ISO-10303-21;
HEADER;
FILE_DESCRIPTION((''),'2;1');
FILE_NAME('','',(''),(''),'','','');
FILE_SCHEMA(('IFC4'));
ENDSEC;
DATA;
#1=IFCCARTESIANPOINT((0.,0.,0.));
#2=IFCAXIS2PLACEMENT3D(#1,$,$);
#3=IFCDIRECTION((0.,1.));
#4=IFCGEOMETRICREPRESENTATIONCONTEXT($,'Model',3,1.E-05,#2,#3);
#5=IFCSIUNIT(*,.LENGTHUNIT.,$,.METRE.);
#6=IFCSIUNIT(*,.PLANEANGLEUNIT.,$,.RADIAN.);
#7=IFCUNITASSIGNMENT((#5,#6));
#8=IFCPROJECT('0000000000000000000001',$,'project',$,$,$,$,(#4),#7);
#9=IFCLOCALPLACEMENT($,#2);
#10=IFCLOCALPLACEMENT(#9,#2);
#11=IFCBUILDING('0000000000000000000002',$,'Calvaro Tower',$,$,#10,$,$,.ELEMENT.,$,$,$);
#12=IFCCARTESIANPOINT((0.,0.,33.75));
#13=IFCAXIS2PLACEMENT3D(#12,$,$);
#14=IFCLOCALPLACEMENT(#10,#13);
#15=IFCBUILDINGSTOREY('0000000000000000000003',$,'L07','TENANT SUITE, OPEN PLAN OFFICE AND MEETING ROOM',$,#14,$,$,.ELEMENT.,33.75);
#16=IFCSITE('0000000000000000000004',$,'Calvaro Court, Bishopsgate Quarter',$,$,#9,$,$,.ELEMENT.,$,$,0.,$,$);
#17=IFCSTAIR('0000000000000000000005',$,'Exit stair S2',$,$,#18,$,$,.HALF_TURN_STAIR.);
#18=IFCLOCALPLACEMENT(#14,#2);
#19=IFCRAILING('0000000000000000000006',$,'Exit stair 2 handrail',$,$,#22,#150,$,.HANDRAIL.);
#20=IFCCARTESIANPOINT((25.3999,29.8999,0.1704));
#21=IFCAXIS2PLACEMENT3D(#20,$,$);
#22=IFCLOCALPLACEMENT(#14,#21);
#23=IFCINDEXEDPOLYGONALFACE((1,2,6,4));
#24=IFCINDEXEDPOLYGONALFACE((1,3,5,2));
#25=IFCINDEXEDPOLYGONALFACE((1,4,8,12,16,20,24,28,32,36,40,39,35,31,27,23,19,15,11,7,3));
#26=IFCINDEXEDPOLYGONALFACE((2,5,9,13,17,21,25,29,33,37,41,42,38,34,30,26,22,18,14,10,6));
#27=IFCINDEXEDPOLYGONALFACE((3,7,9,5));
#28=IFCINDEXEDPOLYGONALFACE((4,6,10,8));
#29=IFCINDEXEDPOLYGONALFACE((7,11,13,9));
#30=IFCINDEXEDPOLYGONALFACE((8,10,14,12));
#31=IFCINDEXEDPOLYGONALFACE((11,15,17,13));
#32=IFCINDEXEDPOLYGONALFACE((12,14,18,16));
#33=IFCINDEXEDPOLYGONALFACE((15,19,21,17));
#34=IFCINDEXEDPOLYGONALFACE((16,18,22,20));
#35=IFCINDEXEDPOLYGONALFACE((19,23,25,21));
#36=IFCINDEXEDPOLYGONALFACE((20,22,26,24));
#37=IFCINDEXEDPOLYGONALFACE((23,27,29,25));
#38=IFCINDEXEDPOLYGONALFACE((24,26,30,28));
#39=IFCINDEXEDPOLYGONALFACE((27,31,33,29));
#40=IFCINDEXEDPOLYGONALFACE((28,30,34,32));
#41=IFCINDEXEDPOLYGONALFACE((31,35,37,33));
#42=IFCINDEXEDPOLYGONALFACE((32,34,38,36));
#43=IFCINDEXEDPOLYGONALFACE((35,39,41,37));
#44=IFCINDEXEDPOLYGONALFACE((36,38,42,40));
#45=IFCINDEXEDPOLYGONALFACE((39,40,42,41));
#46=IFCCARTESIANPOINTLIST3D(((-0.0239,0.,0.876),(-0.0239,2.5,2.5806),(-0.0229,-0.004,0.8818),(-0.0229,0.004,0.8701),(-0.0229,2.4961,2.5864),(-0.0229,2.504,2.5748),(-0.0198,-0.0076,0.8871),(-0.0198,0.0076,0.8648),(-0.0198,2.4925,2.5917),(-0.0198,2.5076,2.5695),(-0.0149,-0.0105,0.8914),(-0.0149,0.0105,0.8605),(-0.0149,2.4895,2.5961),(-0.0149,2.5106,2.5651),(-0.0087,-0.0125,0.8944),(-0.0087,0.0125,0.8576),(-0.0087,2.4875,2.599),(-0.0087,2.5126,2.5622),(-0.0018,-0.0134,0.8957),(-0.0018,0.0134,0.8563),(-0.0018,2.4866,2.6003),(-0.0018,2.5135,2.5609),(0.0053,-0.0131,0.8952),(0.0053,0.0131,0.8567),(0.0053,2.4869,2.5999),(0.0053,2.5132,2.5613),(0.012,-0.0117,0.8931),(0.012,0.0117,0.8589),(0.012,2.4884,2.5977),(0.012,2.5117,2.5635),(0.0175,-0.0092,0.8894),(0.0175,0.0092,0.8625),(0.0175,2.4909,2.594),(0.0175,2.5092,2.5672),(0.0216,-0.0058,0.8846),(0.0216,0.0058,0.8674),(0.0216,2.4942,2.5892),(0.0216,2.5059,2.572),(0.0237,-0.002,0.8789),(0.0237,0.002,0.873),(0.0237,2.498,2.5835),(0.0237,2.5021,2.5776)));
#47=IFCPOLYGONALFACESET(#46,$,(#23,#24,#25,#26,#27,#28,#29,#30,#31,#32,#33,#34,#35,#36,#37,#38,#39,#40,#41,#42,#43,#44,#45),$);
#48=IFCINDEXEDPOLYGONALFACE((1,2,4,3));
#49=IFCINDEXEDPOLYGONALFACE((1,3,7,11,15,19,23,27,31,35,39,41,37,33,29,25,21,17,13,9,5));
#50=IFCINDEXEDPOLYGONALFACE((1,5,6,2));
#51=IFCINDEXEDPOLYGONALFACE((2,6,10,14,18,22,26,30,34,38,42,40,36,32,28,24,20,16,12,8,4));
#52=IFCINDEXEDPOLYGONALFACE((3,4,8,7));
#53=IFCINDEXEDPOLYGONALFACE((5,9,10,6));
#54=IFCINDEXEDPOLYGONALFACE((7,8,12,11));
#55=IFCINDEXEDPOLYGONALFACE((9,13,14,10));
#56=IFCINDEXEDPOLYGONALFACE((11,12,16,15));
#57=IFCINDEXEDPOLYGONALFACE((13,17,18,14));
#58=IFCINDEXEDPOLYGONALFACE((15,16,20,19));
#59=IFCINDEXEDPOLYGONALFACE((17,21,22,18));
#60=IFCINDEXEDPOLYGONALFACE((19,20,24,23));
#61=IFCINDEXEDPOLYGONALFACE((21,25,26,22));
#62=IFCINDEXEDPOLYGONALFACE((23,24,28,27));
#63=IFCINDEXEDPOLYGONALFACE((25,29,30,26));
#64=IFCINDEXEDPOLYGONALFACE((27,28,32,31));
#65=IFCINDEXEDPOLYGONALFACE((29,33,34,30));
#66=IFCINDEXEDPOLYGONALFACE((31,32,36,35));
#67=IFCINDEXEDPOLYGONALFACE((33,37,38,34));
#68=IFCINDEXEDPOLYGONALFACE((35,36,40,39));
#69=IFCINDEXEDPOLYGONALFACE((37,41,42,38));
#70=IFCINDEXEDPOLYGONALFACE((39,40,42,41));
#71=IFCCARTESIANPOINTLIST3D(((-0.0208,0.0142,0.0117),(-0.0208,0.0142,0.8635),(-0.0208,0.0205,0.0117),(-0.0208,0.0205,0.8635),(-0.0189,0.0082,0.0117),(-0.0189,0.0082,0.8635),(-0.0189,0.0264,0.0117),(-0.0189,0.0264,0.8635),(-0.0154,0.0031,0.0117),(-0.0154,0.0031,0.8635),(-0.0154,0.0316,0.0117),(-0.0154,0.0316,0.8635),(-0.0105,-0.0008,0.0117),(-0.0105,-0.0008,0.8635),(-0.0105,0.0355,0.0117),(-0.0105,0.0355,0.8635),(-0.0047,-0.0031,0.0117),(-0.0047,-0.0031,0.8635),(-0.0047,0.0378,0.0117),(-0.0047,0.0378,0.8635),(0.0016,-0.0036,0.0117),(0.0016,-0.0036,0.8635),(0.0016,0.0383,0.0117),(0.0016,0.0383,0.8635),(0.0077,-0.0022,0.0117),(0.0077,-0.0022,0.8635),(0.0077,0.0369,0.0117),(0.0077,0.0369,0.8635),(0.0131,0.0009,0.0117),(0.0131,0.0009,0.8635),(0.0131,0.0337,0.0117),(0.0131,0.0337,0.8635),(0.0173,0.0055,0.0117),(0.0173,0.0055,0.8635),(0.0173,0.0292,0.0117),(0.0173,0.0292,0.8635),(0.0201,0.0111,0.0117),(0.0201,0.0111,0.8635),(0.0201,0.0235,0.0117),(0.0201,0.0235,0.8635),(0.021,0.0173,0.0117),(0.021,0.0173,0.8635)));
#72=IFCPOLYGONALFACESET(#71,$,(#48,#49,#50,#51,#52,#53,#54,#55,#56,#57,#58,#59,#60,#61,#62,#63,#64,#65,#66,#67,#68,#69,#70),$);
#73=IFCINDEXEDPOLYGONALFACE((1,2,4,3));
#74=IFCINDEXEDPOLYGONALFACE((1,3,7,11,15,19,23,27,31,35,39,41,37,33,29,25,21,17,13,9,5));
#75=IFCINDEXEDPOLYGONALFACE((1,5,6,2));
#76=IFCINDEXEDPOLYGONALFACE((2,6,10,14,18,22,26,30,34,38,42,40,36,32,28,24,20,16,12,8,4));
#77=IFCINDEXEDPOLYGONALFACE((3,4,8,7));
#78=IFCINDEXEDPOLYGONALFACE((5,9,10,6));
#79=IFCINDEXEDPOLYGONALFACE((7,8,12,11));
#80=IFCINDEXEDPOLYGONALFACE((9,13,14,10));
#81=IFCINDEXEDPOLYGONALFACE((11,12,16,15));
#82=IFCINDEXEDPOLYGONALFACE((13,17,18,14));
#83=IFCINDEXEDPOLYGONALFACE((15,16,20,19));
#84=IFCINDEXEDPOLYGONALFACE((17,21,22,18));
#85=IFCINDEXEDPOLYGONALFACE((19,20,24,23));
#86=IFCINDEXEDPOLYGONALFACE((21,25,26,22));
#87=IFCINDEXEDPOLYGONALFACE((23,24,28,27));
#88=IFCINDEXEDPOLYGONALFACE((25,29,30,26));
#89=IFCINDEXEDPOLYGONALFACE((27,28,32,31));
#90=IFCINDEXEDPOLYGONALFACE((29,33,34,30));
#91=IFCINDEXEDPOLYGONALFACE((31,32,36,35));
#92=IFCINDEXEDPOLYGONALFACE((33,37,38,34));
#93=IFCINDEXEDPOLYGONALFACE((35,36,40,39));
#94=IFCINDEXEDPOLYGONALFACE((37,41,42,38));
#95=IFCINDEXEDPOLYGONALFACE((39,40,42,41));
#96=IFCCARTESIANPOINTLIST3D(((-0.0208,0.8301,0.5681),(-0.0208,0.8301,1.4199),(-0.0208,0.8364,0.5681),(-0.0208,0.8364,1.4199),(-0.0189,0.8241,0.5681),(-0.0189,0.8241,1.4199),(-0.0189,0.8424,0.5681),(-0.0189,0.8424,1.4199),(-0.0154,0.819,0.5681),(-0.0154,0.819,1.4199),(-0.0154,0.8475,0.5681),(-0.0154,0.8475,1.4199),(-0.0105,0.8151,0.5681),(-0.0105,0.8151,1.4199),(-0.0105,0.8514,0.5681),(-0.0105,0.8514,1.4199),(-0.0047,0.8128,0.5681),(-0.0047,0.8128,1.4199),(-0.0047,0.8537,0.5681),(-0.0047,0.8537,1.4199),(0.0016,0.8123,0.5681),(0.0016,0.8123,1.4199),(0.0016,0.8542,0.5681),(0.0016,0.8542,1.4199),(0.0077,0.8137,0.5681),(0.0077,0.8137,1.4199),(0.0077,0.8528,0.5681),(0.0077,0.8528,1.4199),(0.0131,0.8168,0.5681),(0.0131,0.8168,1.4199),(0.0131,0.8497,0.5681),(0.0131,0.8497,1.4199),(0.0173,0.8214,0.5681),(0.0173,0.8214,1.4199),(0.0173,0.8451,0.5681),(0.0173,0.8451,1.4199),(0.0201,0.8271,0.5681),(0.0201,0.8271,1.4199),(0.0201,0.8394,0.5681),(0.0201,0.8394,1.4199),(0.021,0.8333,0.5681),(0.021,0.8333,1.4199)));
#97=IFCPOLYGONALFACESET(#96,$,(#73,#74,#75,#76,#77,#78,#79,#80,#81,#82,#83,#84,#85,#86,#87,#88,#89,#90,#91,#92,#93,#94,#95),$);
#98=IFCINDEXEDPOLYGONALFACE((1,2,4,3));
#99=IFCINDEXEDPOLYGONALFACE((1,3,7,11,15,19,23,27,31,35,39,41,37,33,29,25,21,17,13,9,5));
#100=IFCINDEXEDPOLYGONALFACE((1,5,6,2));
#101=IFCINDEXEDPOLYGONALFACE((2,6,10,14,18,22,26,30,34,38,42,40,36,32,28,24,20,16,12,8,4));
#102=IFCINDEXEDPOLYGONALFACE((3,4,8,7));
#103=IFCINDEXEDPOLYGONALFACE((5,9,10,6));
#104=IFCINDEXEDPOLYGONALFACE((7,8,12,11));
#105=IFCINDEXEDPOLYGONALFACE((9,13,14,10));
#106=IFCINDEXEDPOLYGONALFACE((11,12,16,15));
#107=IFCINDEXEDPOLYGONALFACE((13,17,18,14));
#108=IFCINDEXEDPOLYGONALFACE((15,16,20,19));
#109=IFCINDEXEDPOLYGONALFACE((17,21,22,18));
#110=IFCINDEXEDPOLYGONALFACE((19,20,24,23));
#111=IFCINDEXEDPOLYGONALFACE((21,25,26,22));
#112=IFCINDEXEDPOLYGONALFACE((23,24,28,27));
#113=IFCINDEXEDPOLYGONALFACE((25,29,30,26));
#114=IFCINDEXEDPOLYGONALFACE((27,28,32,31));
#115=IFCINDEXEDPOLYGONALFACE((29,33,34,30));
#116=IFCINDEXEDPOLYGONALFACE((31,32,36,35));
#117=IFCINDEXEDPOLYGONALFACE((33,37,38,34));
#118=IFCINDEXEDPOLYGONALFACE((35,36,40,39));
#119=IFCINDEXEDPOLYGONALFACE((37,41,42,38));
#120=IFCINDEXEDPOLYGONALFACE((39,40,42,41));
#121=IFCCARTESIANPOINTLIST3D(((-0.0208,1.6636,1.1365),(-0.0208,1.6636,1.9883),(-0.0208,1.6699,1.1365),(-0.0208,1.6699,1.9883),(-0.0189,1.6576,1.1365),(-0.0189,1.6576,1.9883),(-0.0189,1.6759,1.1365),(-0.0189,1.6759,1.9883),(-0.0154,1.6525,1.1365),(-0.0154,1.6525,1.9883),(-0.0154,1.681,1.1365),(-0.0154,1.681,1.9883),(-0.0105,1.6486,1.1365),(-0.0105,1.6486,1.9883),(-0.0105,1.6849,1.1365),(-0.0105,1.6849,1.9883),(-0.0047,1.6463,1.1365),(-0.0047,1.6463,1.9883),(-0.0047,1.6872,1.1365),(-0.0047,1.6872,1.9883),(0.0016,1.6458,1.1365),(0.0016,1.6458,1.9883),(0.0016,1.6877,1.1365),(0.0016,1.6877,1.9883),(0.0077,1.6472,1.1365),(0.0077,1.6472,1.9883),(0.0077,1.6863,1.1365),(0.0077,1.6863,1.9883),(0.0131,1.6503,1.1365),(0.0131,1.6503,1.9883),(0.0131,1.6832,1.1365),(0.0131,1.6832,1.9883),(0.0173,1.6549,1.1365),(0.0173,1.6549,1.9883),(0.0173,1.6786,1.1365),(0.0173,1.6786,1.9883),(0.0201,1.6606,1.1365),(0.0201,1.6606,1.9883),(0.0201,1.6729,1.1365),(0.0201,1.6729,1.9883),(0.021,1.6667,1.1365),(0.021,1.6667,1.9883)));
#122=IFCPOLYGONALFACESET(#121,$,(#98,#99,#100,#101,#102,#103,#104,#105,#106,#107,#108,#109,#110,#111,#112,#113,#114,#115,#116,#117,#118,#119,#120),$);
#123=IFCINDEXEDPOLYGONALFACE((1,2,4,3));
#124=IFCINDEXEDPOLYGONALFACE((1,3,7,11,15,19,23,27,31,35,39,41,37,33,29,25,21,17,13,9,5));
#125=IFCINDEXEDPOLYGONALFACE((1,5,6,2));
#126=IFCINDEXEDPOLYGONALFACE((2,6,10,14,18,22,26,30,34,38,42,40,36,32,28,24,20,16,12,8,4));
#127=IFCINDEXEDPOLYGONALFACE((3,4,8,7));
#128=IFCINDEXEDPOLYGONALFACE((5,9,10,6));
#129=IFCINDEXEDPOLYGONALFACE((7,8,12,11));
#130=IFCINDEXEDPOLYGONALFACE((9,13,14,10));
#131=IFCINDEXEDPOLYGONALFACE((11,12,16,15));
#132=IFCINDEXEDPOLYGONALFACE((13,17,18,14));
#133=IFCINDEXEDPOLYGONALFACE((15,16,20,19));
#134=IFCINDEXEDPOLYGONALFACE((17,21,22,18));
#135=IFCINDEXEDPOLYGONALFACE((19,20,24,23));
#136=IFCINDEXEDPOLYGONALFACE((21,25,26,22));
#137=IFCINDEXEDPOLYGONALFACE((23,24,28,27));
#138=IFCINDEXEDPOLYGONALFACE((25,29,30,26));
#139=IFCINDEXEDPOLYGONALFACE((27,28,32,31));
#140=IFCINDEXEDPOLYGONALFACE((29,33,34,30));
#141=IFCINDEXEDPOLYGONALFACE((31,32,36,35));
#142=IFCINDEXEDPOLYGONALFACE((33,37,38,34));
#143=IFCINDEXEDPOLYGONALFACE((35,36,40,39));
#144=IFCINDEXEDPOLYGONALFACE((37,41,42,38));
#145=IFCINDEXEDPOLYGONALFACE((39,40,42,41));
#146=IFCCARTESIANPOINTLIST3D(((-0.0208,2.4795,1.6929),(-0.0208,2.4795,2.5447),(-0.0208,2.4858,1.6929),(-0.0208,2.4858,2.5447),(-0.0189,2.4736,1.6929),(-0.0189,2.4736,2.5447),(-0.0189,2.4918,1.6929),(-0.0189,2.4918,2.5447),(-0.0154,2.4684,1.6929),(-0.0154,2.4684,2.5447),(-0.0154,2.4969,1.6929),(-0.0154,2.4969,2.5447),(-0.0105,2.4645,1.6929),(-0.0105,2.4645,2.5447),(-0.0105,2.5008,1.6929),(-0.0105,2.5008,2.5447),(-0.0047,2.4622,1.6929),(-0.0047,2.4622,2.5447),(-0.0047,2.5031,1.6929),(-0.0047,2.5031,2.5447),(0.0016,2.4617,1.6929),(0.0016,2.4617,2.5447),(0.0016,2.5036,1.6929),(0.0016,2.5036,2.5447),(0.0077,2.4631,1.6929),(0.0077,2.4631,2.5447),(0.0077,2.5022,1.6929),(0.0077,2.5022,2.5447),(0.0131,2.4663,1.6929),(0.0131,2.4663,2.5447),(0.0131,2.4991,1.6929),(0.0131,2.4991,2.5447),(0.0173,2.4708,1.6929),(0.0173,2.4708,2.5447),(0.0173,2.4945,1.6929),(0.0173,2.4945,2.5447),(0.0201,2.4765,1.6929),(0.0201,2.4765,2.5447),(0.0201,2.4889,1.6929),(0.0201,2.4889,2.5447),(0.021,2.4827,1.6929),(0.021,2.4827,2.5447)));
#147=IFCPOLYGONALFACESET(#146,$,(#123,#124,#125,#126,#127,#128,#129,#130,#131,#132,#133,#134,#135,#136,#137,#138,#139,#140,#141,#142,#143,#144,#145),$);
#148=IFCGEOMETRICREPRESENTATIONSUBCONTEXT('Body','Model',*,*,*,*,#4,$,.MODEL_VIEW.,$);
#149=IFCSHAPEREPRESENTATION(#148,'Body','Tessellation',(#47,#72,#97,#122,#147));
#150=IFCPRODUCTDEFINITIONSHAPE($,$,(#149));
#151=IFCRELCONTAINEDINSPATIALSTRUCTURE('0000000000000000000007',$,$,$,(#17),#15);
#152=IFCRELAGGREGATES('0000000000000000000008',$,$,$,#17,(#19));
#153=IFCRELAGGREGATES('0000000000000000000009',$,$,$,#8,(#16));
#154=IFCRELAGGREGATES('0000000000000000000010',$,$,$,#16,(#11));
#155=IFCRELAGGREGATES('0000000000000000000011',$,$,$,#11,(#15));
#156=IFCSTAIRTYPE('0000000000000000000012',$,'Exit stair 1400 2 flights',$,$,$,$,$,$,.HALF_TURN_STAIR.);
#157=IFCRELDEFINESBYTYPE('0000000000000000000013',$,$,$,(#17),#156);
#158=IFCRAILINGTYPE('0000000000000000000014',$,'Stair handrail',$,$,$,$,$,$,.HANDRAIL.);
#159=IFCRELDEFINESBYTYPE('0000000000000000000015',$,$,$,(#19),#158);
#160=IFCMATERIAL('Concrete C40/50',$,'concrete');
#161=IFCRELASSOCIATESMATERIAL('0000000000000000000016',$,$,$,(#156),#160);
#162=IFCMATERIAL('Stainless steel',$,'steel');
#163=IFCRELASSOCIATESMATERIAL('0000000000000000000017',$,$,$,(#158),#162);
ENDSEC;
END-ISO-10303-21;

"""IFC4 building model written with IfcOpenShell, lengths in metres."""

from ifc_helpers import new_model, si_unit, direction, frame, origin, origin_2d, place, context, subcontext, project, spatial, circle, extrude, material, type_object, element, aggregate, save


model = new_model("IFC4")

# Units and contexts
model_context = context("Model", 3, precision=1e-05, world=origin(), true_north=direction((0.0, 1.0)))
body_context = subcontext(model_context, "Body", "Model", "MODEL_VIEW")
ifc_project = project(units=[si_unit("LENGTHUNIT", "METRE"), si_unit("PLANEANGLEUNIT", "RADIAN")], contexts=[model_context])

# Site, building, storey
site_placement = place(None, origin())
site = spatial("IfcSite", under=ifc_project, at=site_placement, Name="Calvaro Court, Bishopsgate Quarter", CompositionType="ELEMENT", RefElevation=0.0)
building_placement = place(site_placement, origin())
building = spatial("IfcBuilding", under=site, at=building_placement, Name="Calvaro Tower", CompositionType="ELEMENT")
storey_placement = place(building_placement, frame((0.0, 0.0, 33.75)))
storey = spatial("IfcBuildingStorey", under=building, at=storey_placement, Name="L07", Description="TENANT SUITE, OPEN PLAN OFFICE AND MEETING ROOM", CompositionType="ELEMENT", Elevation=33.75)

# Stair, railing
ifc_material_1 = material(Name="Concrete C40/50", Category="concrete")
stair_type = type_object("IfcStairType", Name="Exit stair 1400 2 flights", PredefinedType="HALF_TURN_STAIR", material=ifc_material_1)
stair_placement = place(storey_placement, origin())
stair = element("IfcStair", 1, at=stair_placement, inside=storey, type_object=stair_type, Name="Exit stair S2", PredefinedType="HALF_TURN_STAIR")
ifc_material_2 = material(Name="Stainless steel", Category="steel")
railing_type = type_object("IfcRailingType", Name="Stair handrail", PredefinedType="HANDRAIL", material=ifc_material_2)
railing_1_placement = place(storey_placement, frame((25.3999, 29.8999, 0.1704)))
railing_1 = element("IfcRailing", 2, at=railing_1_placement, type_object=railing_type, Name="Exit stair 2 handrail", PredefinedType="HANDRAIL", context=body_context, shape_type="SweptSolid", body=[
    extrude(circle(Radius=0.0239, at=origin_2d()), frame((0.0, 0.0, 0.876), z_axis=(0.0, 0.826221, 0.563347), x_axis=(-1.0, 0.0, 0.0)), (0.0, 0.0, 1.0), 3.0259),
    extrude(circle(Radius=0.021, at=origin_2d()), frame((0.0, 0.0173, 0.0117)), (0.0, 0.0, 1.0), 0.8518),
    extrude(circle(Radius=0.021, at=origin_2d()), frame((0.0, 0.8333, 0.5681)), (0.0, 0.0, 1.0), 0.8518),
    extrude(circle(Radius=0.021, at=origin_2d()), frame((0.0, 1.6667, 1.1365)), (0.0, 0.0, 1.0), 0.8518),
    extrude(circle(Radius=0.021, at=origin_2d()), frame((0.0, 2.4827, 1.6929)), (0.0, 0.0, 1.0), 0.8518),
])
aggregate(stair, [railing_1])

save(model, "model.ifc")
